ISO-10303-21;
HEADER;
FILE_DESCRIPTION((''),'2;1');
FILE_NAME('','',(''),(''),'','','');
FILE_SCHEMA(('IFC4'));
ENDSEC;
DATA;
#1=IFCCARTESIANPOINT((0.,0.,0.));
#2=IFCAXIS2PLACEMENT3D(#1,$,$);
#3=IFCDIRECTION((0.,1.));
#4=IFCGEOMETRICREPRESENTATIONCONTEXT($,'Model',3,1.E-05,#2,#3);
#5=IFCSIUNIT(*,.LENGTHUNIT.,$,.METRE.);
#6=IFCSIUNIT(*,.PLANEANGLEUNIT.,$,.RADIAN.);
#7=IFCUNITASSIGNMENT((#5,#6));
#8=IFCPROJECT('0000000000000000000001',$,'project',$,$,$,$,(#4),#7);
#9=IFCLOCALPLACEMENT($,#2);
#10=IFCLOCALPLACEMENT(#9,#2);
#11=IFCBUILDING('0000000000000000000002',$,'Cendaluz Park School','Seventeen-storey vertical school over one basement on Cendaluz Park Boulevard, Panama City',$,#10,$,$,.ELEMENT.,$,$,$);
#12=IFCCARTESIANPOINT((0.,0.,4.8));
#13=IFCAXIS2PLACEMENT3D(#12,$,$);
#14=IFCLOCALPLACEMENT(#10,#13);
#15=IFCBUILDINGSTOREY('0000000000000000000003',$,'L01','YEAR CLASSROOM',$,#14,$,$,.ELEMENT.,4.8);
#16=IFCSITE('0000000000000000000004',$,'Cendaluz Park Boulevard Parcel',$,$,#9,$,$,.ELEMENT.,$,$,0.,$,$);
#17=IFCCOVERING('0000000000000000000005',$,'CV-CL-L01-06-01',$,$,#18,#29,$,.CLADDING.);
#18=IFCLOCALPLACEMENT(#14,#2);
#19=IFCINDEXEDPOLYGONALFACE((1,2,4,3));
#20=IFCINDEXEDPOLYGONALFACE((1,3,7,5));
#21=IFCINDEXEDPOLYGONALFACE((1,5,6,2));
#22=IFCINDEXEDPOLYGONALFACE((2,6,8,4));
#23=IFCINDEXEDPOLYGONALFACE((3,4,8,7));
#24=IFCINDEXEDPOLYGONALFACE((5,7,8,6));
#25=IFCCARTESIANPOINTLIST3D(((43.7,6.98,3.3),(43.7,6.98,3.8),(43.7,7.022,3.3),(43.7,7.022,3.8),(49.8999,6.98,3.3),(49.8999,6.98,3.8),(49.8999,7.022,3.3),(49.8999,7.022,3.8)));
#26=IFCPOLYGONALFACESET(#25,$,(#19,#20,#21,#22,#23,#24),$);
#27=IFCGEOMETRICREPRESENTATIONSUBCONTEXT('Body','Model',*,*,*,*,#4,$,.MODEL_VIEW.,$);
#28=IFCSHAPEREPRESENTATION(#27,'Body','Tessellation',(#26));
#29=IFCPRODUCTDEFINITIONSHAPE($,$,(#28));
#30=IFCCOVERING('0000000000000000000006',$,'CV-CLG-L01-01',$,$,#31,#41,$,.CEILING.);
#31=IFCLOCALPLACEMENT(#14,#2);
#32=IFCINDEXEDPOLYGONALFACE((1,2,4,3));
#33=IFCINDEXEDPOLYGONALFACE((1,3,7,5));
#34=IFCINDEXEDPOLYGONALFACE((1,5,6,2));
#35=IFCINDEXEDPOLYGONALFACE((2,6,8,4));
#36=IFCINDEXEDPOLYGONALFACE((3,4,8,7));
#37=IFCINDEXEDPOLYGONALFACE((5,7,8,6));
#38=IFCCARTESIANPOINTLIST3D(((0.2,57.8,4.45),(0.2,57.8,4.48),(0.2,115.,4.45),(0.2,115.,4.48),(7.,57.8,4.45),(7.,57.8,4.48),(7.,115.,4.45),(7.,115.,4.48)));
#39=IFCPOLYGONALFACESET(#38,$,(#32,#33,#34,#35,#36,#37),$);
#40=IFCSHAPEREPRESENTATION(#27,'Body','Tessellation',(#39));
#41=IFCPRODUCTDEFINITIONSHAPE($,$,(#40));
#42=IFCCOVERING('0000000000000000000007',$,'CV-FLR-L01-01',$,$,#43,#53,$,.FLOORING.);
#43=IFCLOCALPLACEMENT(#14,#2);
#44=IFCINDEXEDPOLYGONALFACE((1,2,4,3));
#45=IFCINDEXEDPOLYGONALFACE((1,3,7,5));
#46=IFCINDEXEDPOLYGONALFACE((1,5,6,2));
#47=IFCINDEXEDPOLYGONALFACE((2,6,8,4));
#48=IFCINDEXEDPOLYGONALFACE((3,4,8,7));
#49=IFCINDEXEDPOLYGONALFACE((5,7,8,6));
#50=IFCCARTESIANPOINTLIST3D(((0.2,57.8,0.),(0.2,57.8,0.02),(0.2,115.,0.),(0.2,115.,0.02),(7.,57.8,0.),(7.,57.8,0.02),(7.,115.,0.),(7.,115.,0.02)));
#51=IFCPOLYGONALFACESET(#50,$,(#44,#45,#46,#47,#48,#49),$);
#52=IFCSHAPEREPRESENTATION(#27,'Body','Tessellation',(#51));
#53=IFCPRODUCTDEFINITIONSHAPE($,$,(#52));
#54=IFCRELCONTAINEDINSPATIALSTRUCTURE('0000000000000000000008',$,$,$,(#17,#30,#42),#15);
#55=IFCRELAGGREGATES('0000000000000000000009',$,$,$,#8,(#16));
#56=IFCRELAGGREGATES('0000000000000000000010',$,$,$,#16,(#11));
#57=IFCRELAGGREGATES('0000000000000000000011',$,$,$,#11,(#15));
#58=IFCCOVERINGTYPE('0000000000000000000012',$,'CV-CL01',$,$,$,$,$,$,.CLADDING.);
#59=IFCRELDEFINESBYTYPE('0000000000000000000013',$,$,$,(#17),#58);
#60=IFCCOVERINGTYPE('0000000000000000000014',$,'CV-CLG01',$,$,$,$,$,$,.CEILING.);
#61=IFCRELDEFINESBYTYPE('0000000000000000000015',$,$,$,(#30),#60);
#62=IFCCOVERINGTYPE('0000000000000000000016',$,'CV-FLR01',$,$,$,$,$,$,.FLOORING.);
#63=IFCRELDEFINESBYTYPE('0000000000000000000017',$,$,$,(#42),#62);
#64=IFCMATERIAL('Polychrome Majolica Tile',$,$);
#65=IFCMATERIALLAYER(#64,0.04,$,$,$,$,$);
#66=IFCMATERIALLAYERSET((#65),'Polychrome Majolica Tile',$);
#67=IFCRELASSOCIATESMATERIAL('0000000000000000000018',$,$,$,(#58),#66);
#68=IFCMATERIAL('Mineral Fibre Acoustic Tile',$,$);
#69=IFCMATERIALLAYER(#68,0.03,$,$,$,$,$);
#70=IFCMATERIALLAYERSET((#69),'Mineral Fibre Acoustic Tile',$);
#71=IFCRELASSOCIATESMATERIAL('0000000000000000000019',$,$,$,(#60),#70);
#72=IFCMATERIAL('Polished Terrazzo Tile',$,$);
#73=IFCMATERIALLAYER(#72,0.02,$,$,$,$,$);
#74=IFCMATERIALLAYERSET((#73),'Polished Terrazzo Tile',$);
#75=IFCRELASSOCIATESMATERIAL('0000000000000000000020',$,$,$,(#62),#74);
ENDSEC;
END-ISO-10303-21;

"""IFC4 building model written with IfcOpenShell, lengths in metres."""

from ifc_helpers import new_model, si_unit, direction, frame, origin, place, context, subcontext, project, spatial, polyline, outline, extrude, material, layer, layer_set, type_object, element, save


model = new_model("IFC4")

# Units and contexts
model_context = context("Model", 3, precision=1e-05, world=origin(), true_north=direction((0.0, 1.0)))
body_context = subcontext(model_context, "Body", "Model", "MODEL_VIEW")
ifc_project = project(units=[si_unit("LENGTHUNIT", "METRE"), si_unit("PLANEANGLEUNIT", "RADIAN")], contexts=[model_context])

# Site, building, storey
site_placement = place(None, origin())
site = spatial("IfcSite", under=ifc_project, at=site_placement, Name="Cendaluz Park Boulevard Parcel", CompositionType="ELEMENT", RefElevation=0.0)
building_placement = place(site_placement, origin())
building = spatial("IfcBuilding", under=site, at=building_placement, Name="Cendaluz Park School", Description="Seventeen-storey vertical school over one basement on Cendaluz Park Boulevard, Panama City", CompositionType="ELEMENT")
storey_placement = place(building_placement, frame((0.0, 0.0, 4.8)))
storey = spatial("IfcBuildingStorey", under=building, at=storey_placement, Name="L01", Description="YEAR CLASSROOM", CompositionType="ELEMENT", Elevation=4.8)

# Coverings
ifc_material_1 = material(Name="Polychrome Majolica Tile")
ifc_layer_1 = layer(ifc_material_1, 0.04)
ifc_layer_set_1 = layer_set([ifc_layer_1], Name="Polychrome Majolica Tile")
covering_type_1 = type_object("IfcCoveringType", Name="CV-CL01", PredefinedType="CLADDING", material=ifc_layer_set_1)
covering_1_placement = place(storey_placement, frame((0.0, 0.0, 3.3)))
element("IfcCovering", 1, at=covering_1_placement, inside=storey, type_object=covering_type_1, Name="CV-CL-L01-06-01", PredefinedType="CLADDING", context=body_context, shape_type="SweptSolid", body=[
    extrude(outline(polyline([(43.7, 6.98), (49.8999, 6.98), (49.8999, 7.022), (43.7, 7.022), (43.7, 6.98)])), origin(), (0.0, 0.0, 1.0), 0.5),
])
ifc_material_2 = material(Name="Mineral Fibre Acoustic Tile")
ifc_layer_2 = layer(ifc_material_2, 0.03)
ifc_layer_set_2 = layer_set([ifc_layer_2], Name="Mineral Fibre Acoustic Tile")
covering_type_2 = type_object("IfcCoveringType", Name="CV-CLG01", PredefinedType="CEILING", material=ifc_layer_set_2)
covering_2_placement = place(storey_placement, frame((0.0, 0.0, 4.45)))
element("IfcCovering", 2, at=covering_2_placement, inside=storey, type_object=covering_type_2, Name="CV-CLG-L01-01", PredefinedType="CEILING", context=body_context, shape_type="SweptSolid", body=[
    extrude(outline(polyline([(0.2, 57.8), (7.0, 57.8), (7.0, 115.0), (0.2, 115.0), (0.2, 57.8)])), origin(), (0.0, 0.0, 1.0), 0.03),
])
ifc_material_3 = material(Name="Polished Terrazzo Tile")
ifc_layer_3 = layer(ifc_material_3, 0.02)
ifc_layer_set_3 = layer_set([ifc_layer_3], Name="Polished Terrazzo Tile")
covering_type_3 = type_object("IfcCoveringType", Name="CV-FLR01", PredefinedType="FLOORING", material=ifc_layer_set_3)
covering_3_placement = place(storey_placement, origin())
element("IfcCovering", 3, at=covering_3_placement, inside=storey, type_object=covering_type_3, Name="CV-FLR-L01-01", PredefinedType="FLOORING", context=body_context, shape_type="SweptSolid", body=[
    extrude(outline(polyline([(0.2, 57.8), (7.0, 57.8), (7.0, 115.0), (0.2, 115.0), (0.2, 57.8)])), origin(), (0.0, 0.0, 1.0), 0.02),
])

save(model, "model.ifc")
